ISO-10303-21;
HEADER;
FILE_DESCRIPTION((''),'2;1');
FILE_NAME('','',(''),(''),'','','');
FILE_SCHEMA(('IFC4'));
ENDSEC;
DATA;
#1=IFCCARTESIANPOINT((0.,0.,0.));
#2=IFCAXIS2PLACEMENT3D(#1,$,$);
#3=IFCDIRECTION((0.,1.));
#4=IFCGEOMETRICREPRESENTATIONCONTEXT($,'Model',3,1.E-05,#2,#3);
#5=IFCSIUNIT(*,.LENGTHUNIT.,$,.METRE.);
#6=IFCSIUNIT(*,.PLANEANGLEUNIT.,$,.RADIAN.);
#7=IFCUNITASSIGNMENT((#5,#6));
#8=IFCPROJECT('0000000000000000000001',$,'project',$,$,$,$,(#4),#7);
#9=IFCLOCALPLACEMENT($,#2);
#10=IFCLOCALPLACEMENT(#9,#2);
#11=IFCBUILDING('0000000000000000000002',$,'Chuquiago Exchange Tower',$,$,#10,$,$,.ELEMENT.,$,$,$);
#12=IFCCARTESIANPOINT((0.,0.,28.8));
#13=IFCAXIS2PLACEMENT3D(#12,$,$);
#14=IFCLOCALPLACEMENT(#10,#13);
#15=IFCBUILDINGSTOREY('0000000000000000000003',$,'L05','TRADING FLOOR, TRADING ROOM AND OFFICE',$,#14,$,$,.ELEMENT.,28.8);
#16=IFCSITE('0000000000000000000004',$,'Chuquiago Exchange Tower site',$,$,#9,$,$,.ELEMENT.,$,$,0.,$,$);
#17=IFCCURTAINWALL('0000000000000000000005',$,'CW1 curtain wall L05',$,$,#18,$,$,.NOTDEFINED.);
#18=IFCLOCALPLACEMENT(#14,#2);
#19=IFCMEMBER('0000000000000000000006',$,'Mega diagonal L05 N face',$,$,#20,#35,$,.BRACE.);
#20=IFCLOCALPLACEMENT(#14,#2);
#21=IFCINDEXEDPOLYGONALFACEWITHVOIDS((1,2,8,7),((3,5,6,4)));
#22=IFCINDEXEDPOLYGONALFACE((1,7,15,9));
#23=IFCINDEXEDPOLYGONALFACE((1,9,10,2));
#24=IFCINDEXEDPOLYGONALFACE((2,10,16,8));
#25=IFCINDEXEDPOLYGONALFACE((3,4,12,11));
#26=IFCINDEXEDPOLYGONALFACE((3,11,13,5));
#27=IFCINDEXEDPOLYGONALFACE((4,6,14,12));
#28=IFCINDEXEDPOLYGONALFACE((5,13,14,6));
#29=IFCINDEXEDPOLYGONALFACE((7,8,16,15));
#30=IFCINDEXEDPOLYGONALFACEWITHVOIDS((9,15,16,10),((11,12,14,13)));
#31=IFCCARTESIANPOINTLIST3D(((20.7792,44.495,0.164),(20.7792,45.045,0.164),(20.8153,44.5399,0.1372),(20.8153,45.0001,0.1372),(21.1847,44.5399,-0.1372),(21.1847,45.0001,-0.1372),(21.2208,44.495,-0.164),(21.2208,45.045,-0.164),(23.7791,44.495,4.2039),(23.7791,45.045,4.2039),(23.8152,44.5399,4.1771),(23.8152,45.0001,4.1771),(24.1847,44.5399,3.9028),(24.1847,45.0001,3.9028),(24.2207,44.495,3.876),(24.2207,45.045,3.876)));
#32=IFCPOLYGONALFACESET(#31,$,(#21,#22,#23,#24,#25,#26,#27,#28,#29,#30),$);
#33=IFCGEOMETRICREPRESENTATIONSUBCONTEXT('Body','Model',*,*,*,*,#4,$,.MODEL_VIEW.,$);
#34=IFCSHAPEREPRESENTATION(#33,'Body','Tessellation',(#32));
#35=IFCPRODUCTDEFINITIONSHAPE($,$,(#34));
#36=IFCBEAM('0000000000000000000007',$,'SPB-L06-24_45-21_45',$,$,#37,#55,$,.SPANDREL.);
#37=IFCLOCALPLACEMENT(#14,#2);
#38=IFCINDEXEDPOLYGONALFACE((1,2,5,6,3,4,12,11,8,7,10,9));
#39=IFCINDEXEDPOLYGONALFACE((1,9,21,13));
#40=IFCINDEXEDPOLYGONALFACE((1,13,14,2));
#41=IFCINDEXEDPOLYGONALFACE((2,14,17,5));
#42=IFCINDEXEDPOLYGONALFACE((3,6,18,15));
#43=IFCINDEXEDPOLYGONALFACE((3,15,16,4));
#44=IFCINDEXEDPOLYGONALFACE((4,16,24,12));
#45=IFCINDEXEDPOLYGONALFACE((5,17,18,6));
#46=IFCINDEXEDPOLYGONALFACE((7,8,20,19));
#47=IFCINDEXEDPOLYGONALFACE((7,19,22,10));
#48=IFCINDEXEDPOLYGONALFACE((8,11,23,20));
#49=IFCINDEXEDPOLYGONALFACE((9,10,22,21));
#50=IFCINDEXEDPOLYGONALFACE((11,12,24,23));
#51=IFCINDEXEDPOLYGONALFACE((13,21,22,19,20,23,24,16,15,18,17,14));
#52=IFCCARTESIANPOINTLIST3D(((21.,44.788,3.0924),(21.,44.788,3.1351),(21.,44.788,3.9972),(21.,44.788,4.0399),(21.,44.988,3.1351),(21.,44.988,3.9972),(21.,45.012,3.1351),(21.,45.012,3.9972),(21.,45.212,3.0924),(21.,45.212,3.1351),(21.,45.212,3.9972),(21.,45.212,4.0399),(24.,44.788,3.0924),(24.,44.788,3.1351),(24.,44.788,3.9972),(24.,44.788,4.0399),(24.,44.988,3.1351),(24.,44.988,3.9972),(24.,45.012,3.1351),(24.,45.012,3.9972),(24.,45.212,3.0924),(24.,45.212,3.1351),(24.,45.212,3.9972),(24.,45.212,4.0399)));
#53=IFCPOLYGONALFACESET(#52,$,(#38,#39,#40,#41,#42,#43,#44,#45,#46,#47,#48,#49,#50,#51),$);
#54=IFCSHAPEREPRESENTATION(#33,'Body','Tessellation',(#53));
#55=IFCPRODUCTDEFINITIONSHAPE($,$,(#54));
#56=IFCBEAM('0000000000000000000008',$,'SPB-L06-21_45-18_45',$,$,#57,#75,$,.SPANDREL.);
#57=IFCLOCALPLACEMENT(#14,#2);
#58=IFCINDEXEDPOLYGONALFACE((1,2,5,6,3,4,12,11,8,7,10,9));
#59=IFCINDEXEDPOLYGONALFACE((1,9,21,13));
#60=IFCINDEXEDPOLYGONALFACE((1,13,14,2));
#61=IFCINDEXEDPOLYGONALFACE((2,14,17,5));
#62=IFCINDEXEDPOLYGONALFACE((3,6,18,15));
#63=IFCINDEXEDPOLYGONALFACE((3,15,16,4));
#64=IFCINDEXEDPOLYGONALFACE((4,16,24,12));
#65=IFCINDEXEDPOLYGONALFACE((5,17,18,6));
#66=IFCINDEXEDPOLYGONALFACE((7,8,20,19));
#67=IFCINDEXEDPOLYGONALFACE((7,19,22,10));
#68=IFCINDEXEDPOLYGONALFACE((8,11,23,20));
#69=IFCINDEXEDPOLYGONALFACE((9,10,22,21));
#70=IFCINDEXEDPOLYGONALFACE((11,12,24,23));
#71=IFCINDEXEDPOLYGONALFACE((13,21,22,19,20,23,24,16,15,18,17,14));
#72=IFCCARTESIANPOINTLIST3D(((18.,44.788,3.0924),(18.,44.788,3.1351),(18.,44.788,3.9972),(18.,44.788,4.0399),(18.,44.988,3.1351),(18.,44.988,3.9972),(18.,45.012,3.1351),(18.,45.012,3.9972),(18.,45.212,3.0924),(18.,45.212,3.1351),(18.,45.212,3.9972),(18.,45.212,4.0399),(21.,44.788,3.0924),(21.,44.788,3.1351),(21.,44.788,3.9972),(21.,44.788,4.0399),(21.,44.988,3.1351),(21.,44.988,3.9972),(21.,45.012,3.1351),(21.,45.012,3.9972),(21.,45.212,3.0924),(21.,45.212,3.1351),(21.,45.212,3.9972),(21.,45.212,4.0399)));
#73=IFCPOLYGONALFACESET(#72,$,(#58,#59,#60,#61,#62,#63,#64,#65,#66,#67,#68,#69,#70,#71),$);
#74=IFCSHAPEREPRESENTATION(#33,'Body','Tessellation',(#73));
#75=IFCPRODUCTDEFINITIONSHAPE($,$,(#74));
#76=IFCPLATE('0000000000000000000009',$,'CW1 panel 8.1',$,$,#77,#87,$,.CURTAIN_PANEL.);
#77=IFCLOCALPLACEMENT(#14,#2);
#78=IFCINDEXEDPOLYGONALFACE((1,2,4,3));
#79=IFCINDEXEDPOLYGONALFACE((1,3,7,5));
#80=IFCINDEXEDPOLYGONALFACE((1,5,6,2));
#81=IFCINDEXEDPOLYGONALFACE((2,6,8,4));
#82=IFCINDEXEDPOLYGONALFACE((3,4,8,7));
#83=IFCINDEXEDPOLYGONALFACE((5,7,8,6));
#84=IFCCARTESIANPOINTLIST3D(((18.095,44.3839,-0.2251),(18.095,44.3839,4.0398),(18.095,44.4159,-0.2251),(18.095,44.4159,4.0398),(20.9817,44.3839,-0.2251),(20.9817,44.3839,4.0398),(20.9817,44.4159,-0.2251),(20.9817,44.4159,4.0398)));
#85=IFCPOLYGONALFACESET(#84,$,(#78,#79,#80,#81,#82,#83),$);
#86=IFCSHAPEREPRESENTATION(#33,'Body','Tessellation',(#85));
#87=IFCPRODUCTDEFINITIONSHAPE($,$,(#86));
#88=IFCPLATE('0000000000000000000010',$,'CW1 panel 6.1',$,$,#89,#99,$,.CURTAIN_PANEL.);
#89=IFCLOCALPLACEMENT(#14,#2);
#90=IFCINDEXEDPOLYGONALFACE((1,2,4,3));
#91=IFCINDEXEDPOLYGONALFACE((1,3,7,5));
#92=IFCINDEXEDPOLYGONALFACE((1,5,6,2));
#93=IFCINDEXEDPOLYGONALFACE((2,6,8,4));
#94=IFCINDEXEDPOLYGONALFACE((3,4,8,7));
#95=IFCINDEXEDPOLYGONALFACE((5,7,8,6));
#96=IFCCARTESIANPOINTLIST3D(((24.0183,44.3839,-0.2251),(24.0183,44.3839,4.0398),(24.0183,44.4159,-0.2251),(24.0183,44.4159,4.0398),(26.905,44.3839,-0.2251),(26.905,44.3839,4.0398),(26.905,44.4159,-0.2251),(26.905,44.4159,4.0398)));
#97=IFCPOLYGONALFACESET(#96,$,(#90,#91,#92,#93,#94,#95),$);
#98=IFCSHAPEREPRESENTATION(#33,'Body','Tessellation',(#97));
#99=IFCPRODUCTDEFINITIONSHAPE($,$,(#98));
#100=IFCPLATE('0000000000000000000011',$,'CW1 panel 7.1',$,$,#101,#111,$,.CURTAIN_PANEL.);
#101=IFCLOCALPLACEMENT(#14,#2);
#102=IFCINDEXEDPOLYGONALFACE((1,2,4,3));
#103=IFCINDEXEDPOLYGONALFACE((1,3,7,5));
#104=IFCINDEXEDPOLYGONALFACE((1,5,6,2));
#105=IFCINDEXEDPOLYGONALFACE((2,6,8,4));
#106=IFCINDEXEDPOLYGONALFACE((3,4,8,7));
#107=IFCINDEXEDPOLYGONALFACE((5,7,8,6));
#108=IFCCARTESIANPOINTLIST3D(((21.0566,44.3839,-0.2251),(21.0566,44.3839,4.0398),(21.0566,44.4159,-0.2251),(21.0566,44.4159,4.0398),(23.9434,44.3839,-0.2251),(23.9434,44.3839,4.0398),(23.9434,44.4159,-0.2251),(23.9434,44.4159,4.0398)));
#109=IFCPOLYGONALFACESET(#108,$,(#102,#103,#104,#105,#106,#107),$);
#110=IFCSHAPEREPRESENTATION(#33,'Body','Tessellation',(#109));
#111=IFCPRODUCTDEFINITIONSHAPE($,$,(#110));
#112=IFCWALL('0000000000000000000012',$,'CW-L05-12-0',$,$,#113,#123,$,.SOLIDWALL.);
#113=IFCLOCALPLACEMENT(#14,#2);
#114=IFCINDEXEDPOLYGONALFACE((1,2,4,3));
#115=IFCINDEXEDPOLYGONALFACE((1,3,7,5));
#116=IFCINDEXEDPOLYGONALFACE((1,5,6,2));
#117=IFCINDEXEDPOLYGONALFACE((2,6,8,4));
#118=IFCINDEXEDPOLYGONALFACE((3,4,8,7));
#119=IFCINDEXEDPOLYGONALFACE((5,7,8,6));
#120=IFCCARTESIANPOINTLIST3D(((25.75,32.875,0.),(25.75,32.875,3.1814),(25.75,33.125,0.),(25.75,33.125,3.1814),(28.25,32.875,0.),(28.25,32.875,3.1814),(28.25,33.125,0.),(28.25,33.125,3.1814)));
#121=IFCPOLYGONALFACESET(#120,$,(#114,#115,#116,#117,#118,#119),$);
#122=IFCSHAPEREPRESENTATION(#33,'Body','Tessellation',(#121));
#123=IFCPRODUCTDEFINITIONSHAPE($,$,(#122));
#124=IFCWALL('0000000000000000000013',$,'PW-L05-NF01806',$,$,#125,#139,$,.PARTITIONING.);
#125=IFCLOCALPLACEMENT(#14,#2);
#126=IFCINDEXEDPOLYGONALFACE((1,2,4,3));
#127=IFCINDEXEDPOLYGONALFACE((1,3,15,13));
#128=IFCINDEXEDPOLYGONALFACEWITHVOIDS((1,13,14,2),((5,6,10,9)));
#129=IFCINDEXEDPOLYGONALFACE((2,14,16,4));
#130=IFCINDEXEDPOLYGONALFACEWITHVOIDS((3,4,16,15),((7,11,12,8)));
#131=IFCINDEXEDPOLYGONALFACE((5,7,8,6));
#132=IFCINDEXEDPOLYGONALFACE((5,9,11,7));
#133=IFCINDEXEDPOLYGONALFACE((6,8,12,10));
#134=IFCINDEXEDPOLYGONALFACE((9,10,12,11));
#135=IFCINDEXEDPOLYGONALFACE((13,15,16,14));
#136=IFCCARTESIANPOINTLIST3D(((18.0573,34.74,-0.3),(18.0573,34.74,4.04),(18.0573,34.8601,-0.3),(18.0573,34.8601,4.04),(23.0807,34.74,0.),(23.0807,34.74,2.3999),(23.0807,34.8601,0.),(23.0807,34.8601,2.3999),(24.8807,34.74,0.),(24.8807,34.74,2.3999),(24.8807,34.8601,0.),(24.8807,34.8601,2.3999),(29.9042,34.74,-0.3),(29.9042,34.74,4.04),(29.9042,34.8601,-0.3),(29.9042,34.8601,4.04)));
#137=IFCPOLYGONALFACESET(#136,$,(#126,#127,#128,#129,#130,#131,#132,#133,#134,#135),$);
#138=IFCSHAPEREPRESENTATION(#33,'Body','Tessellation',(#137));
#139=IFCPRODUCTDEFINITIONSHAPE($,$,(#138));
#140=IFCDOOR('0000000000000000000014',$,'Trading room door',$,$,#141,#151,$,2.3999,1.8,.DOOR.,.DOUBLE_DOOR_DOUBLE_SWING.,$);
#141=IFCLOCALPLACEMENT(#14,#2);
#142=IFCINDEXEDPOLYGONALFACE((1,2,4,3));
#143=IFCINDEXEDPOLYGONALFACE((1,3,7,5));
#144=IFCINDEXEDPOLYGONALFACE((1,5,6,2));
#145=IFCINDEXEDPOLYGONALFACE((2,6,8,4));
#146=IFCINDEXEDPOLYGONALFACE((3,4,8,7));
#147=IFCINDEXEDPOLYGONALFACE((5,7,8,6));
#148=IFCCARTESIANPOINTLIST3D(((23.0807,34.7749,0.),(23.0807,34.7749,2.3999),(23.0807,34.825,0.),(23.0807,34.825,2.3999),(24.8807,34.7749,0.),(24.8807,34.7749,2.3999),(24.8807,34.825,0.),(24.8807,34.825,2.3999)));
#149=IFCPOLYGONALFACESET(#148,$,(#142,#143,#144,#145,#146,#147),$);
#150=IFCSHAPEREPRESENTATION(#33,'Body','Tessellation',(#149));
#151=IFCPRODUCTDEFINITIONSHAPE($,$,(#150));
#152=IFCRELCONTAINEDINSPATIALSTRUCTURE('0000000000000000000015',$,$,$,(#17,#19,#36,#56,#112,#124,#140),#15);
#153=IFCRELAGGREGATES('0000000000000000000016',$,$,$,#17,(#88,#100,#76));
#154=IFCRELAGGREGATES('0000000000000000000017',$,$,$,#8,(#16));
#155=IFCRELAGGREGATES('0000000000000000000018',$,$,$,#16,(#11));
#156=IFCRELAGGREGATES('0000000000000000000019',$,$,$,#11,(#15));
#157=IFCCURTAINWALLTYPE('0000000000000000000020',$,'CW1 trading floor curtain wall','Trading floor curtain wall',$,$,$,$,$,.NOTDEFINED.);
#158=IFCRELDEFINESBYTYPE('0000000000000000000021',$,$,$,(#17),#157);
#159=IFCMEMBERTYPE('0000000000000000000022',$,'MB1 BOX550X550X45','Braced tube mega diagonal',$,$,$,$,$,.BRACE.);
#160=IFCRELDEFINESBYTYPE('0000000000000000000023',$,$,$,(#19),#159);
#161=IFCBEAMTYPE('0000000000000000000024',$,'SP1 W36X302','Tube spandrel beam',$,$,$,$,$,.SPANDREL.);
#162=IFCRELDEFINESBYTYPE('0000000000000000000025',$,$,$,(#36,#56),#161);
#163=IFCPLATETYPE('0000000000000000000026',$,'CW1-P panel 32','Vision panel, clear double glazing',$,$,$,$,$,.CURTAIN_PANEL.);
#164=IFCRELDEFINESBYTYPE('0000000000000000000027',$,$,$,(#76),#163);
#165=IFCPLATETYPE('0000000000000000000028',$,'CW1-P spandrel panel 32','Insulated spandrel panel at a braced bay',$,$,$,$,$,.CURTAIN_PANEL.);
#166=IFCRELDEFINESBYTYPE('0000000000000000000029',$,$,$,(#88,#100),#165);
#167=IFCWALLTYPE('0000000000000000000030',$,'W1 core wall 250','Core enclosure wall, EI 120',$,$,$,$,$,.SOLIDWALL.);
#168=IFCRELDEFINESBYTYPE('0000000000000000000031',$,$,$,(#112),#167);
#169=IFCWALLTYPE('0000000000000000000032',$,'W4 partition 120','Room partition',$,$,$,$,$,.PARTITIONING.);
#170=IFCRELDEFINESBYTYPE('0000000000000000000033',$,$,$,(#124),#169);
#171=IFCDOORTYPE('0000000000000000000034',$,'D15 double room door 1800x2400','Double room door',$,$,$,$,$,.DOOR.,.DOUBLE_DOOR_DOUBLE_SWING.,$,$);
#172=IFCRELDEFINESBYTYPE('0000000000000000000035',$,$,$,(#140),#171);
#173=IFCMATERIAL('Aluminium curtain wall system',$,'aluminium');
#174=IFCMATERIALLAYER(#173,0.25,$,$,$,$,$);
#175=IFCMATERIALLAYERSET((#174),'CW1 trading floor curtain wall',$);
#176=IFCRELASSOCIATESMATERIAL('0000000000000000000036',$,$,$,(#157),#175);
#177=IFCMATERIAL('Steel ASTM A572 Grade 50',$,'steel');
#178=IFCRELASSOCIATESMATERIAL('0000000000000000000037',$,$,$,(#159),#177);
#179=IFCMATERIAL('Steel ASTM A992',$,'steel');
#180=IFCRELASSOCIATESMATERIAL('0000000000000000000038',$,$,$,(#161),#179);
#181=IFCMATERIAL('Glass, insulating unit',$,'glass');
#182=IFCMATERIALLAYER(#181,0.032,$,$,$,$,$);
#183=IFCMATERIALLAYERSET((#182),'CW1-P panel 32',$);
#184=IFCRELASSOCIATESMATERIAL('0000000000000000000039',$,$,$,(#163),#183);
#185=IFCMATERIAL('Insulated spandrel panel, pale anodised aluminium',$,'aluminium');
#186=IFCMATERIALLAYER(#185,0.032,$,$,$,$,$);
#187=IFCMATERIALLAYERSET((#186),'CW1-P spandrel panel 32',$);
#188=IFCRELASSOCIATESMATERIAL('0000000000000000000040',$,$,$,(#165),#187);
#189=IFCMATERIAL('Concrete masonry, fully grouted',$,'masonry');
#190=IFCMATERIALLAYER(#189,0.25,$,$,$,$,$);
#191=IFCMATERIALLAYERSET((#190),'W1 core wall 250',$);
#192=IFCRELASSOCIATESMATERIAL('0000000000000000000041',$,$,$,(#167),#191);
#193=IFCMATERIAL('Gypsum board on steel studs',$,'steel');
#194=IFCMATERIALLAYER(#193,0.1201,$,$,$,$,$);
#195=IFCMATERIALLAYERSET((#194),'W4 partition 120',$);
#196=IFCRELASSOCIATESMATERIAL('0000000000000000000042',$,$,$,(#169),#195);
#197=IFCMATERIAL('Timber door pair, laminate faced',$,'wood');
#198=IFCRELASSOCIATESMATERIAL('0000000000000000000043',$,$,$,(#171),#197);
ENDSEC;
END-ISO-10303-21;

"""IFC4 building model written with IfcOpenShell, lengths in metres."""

from ifc_helpers import new_model, si_unit, direction, frame, frame_2d, origin, origin_2d, place, context, subcontext, project, spatial, rectangle, hollow_rectangle, i_section, extrude, material, layer, layer_set, material_profile, profile_set, type_object, element, fill, aggregate, save


model = new_model("IFC4")

# Units and contexts
model_context = context("Model", 3, precision=1e-05, world=origin(), true_north=direction((0.0, 1.0)))
body_context = subcontext(model_context, "Body", "Model", "MODEL_VIEW")
ifc_project = project(units=[si_unit("LENGTHUNIT", "METRE"), si_unit("PLANEANGLEUNIT", "RADIAN")], contexts=[model_context])

# Site, building, storey
site_placement = place(None, origin())
site = spatial("IfcSite", under=ifc_project, at=site_placement, Name="Chuquiago Exchange Tower site", CompositionType="ELEMENT", RefElevation=0.0)
building_placement = place(site_placement, origin())
building = spatial("IfcBuilding", under=site, at=building_placement, Name="Chuquiago Exchange Tower", CompositionType="ELEMENT")
storey_placement = place(building_placement, frame((0.0, 0.0, 28.8)))
storey = spatial("IfcBuildingStorey", under=building, at=storey_placement, Name="L05", Description="TRADING FLOOR, TRADING ROOM AND OFFICE", CompositionType="ELEMENT", Elevation=28.8)

# Curtain wall
ifc_material_1 = material(Name="Aluminium curtain wall system", Category="aluminium")
ifc_layer_1 = layer(ifc_material_1, 0.25)
ifc_layer_set_1 = layer_set([ifc_layer_1], Name="CW1 trading floor curtain wall")
curtain_wall_type = type_object("IfcCurtainWallType", Name="CW1 trading floor curtain wall", Description="Trading floor curtain wall", PredefinedType="NOTDEFINED", material=ifc_layer_set_1)
curtain_wall_placement = place(storey_placement, origin())
curtain_wall = element("IfcCurtainWall", 1, at=curtain_wall_placement, inside=storey, type_object=curtain_wall_type, Name="CW1 curtain wall L05", PredefinedType="NOTDEFINED")

# Member
ifc_material_2 = material(Name="Steel ASTM A572 Grade 50", Category="steel")
ifc_material_profile_1 = material_profile(ifc_material_2, hollow_rectangle(XDim=0.55, YDim=0.55, WallThickness=0.0449, at=origin_2d()), Name="BOX550X550X45")
ifc_profile_set_1 = profile_set([ifc_material_profile_1], Name="Steel ASTM A572 Grade 50")
member_type_1 = type_object("IfcMemberType", Name="MB1 BOX550X550X45", Description="Braced tube mega diagonal", PredefinedType="BRACE", material=ifc_profile_set_1)
for number, where, z_axis, x_axis, name in (
    (2, (21.0, 44.77, 0.0), (0.596174, 0.0, 0.802855), (0.0, 1.0, 0.0), "Mega diagonal L05 N face"),
):
    element("IfcMember", number, at=place(storey_placement, frame(where, z_axis=z_axis, x_axis=x_axis)), inside=storey, type_object=member_type_1, Name=name, PredefinedType="BRACE", context=body_context, shape_type="SweptSolid", body=[
        extrude(hollow_rectangle(XDim=0.55, YDim=0.55, WallThickness=0.0449, at=origin_2d()), origin(), (0.0, 0.0, 1.0), 5.032),
    ])

# Beams
ifc_material_3 = material(Name="Steel ASTM A992", Category="steel")
ifc_material_profile_2 = material_profile(ifc_material_3, i_section(OverallWidth=0.4241, OverallDepth=0.9475, WebThickness=0.0239, FlangeThickness=0.0427, at=origin_2d()), Name="W36X302")
ifc_profile_set_2 = profile_set([ifc_material_profile_2], Name="Steel ASTM A992")
beam_type_1 = type_object("IfcBeamType", Name="SP1 W36X302", Description="Tube spandrel beam", PredefinedType="SPANDREL", material=ifc_profile_set_2)
for number, where, z_axis, x_axis, name in (
    (3, (24.0, 45.0, 3.5662), (-1.0, 0.0, 0.0), (0.0, -1.0, 0.0), "SPB-L06-24_45-21_45"),
    (4, (21.0, 45.0, 3.5662), (-1.0, 0.0, 0.0), (0.0, -1.0, 0.0), "SPB-L06-21_45-18_45"),
):
    element("IfcBeam", number, at=place(storey_placement, frame(where, z_axis=z_axis, x_axis=x_axis)), inside=storey, type_object=beam_type_1, Name=name, PredefinedType="SPANDREL", context=body_context, shape_type="SweptSolid", body=[
        extrude(i_section(OverallWidth=0.4241, OverallDepth=0.9475, WebThickness=0.0239, FlangeThickness=0.0427, at=origin_2d()), origin(), (0.0, 0.0, 1.0), 3.0),
    ])

# Plates
ifc_material_4 = material(Name="Glass, insulating unit", Category="glass")
ifc_layer_2 = layer(ifc_material_4, 0.032)
ifc_layer_set_2 = layer_set([ifc_layer_2], Name="CW1-P panel 32")
plate_type_1 = type_object("IfcPlateType", Name="CW1-P panel 32", Description="Vision panel, clear double glazing", PredefinedType="CURTAIN_PANEL", material=ifc_layer_set_2)
plate_1_placement = place(storey_placement, frame((19.5383, 44.3999, -0.2251), z_axis=(0.0, 0.0, 1.0), x_axis=(-1.0, 0.0, 0.0)))
plate_1 = element("IfcPlate", 5, at=plate_1_placement, type_object=plate_type_1, Name="CW1 panel 8.1", PredefinedType="CURTAIN_PANEL", context=body_context, shape_type="SweptSolid", body=[
    extrude(rectangle(XDim=2.8867, YDim=0.032, at=origin_2d()), origin(), (0.0, 0.0, 1.0), 4.2649),
])
ifc_material_5 = material(Name="Insulated spandrel panel, pale anodised aluminium", Category="aluminium")
ifc_layer_3 = layer(ifc_material_5, 0.032)
ifc_layer_set_3 = layer_set([ifc_layer_3], Name="CW1-P spandrel panel 32")
plate_type_2 = type_object("IfcPlateType", Name="CW1-P spandrel panel 32", Description="Insulated spandrel panel at a braced bay", PredefinedType="CURTAIN_PANEL", material=ifc_layer_set_3)
plate_2_placement = place(storey_placement, frame((25.4617, 44.3999, -0.2251), z_axis=(0.0, 0.0, 1.0), x_axis=(-1.0, 0.0, 0.0)))
plate_2 = element("IfcPlate", 6, at=plate_2_placement, type_object=plate_type_2, Name="CW1 panel 6.1", PredefinedType="CURTAIN_PANEL", context=body_context, shape_type="SweptSolid", body=[
    extrude(rectangle(XDim=2.8867, YDim=0.032, at=origin_2d()), origin(), (0.0, 0.0, 1.0), 4.2649),
])
plate_3_placement = place(storey_placement, frame((22.5, 44.3999, -0.2251), z_axis=(0.0, 0.0, 1.0), x_axis=(-1.0, 0.0, 0.0)))
plate_3 = element("IfcPlate", 7, at=plate_3_placement, type_object=plate_type_2, Name="CW1 panel 7.1", PredefinedType="CURTAIN_PANEL", context=body_context, shape_type="SweptSolid", body=[
    extrude(rectangle(XDim=2.8867, YDim=0.032, at=origin_2d()), origin(), (0.0, 0.0, 1.0), 4.2649),
])
aggregate(curtain_wall, [plate_2, plate_3, plate_1])

# Wall
ifc_material_6 = material(Name="Concrete masonry, fully grouted", Category="masonry")
ifc_layer_4 = layer(ifc_material_6, 0.25)
ifc_layer_set_4 = layer_set([ifc_layer_4], Name="W1 core wall 250")
wall_type_1 = type_object("IfcWallType", Name="W1 core wall 250", Description="Core enclosure wall, EI 120", PredefinedType="SOLIDWALL", material=ifc_layer_set_4)
wall_1_placement = place(storey_placement, frame((25.75, 33.0, 0.0), z_axis=(0.0, 0.0, 1.0), x_axis=(1.0, 0.0, 0.0)))
element("IfcWall", 8, at=wall_1_placement, inside=storey, type_object=wall_type_1, Name="CW-L05-12-0", PredefinedType="SOLIDWALL", context=body_context, shape_type="SweptSolid", body=[
    extrude(rectangle(XDim=2.5, YDim=0.25, at=frame_2d((1.25, 0.0))), origin(), (0.0, 0.0, 1.0), 3.1814),
])

# Wall, opening, door
ifc_material_7 = material(Name="Gypsum board on steel studs", Category="steel")
ifc_layer_5 = layer(ifc_material_7, 0.1201)
ifc_layer_set_5 = layer_set([ifc_layer_5], Name="W4 partition 120")
wall_type_2 = type_object("IfcWallType", Name="W4 partition 120", Description="Room partition", PredefinedType="PARTITIONING", material=ifc_layer_set_5)
wall_2_placement = place(storey_placement, frame((18.0574, 34.8, -0.3), z_axis=(0.0, 0.0, 1.0), x_axis=(1.0, 0.0, 0.0)))
wall_2 = element("IfcWall", 9, at=wall_2_placement, inside=storey, type_object=wall_type_2, Name="PW-L05-NF01806", PredefinedType="PARTITIONING", context=body_context, shape_type="SweptSolid", body=[
    extrude(rectangle(XDim=11.8469, YDim=0.1201, at=frame_2d((5.9233, 0.0))), origin(), (0.0, 0.0, 1.0), 4.3401),
])
opening_placement = place(wall_2_placement, frame((5.0234, 0.0, 0.3)))
opening = element("IfcOpeningElement", 10, at=opening_placement, cuts=wall_2, PredefinedType="OPENING", context=body_context, shape_type="SweptSolid", body=[
    extrude(rectangle(XDim=1.8, YDim=2.3999, at=frame_2d((0.8999, 1.2))), frame((0.0, 0.0701, 0.0), z_axis=(0.0, -1.0, 0.0), x_axis=(1.0, 0.0, 0.0)), (0.0, 0.0, 1.0), 0.1401),
])
ifc_material_8 = material(Name="Timber door pair, laminate faced", Category="wood")
door_type = type_object("IfcDoorType", Name="D15 double room door 1800x2400", Description="Double room door", OperationType="DOUBLE_DOOR_DOUBLE_SWING", PredefinedType="DOOR", material=ifc_material_8)
door_placement = place(opening_placement, origin())
door = element("IfcDoor", 11, at=door_placement, inside=storey, type_object=door_type, Name="Trading room door", OperationType="DOUBLE_DOOR_DOUBLE_SWING", OverallHeight=2.3999, OverallWidth=1.8, PredefinedType="DOOR", context=body_context, shape_type="SweptSolid", body=[
    extrude(rectangle(XDim=1.8, YDim=2.3999, at=frame_2d((0.8999, 1.2))), frame((0.0, 0.0249, 0.0), z_axis=(0.0, -1.0, 0.0), x_axis=(1.0, 0.0, 0.0)), (0.0, 0.0, 1.0), 0.05),
])
fill(opening, door)

save(model, "model.ifc")
